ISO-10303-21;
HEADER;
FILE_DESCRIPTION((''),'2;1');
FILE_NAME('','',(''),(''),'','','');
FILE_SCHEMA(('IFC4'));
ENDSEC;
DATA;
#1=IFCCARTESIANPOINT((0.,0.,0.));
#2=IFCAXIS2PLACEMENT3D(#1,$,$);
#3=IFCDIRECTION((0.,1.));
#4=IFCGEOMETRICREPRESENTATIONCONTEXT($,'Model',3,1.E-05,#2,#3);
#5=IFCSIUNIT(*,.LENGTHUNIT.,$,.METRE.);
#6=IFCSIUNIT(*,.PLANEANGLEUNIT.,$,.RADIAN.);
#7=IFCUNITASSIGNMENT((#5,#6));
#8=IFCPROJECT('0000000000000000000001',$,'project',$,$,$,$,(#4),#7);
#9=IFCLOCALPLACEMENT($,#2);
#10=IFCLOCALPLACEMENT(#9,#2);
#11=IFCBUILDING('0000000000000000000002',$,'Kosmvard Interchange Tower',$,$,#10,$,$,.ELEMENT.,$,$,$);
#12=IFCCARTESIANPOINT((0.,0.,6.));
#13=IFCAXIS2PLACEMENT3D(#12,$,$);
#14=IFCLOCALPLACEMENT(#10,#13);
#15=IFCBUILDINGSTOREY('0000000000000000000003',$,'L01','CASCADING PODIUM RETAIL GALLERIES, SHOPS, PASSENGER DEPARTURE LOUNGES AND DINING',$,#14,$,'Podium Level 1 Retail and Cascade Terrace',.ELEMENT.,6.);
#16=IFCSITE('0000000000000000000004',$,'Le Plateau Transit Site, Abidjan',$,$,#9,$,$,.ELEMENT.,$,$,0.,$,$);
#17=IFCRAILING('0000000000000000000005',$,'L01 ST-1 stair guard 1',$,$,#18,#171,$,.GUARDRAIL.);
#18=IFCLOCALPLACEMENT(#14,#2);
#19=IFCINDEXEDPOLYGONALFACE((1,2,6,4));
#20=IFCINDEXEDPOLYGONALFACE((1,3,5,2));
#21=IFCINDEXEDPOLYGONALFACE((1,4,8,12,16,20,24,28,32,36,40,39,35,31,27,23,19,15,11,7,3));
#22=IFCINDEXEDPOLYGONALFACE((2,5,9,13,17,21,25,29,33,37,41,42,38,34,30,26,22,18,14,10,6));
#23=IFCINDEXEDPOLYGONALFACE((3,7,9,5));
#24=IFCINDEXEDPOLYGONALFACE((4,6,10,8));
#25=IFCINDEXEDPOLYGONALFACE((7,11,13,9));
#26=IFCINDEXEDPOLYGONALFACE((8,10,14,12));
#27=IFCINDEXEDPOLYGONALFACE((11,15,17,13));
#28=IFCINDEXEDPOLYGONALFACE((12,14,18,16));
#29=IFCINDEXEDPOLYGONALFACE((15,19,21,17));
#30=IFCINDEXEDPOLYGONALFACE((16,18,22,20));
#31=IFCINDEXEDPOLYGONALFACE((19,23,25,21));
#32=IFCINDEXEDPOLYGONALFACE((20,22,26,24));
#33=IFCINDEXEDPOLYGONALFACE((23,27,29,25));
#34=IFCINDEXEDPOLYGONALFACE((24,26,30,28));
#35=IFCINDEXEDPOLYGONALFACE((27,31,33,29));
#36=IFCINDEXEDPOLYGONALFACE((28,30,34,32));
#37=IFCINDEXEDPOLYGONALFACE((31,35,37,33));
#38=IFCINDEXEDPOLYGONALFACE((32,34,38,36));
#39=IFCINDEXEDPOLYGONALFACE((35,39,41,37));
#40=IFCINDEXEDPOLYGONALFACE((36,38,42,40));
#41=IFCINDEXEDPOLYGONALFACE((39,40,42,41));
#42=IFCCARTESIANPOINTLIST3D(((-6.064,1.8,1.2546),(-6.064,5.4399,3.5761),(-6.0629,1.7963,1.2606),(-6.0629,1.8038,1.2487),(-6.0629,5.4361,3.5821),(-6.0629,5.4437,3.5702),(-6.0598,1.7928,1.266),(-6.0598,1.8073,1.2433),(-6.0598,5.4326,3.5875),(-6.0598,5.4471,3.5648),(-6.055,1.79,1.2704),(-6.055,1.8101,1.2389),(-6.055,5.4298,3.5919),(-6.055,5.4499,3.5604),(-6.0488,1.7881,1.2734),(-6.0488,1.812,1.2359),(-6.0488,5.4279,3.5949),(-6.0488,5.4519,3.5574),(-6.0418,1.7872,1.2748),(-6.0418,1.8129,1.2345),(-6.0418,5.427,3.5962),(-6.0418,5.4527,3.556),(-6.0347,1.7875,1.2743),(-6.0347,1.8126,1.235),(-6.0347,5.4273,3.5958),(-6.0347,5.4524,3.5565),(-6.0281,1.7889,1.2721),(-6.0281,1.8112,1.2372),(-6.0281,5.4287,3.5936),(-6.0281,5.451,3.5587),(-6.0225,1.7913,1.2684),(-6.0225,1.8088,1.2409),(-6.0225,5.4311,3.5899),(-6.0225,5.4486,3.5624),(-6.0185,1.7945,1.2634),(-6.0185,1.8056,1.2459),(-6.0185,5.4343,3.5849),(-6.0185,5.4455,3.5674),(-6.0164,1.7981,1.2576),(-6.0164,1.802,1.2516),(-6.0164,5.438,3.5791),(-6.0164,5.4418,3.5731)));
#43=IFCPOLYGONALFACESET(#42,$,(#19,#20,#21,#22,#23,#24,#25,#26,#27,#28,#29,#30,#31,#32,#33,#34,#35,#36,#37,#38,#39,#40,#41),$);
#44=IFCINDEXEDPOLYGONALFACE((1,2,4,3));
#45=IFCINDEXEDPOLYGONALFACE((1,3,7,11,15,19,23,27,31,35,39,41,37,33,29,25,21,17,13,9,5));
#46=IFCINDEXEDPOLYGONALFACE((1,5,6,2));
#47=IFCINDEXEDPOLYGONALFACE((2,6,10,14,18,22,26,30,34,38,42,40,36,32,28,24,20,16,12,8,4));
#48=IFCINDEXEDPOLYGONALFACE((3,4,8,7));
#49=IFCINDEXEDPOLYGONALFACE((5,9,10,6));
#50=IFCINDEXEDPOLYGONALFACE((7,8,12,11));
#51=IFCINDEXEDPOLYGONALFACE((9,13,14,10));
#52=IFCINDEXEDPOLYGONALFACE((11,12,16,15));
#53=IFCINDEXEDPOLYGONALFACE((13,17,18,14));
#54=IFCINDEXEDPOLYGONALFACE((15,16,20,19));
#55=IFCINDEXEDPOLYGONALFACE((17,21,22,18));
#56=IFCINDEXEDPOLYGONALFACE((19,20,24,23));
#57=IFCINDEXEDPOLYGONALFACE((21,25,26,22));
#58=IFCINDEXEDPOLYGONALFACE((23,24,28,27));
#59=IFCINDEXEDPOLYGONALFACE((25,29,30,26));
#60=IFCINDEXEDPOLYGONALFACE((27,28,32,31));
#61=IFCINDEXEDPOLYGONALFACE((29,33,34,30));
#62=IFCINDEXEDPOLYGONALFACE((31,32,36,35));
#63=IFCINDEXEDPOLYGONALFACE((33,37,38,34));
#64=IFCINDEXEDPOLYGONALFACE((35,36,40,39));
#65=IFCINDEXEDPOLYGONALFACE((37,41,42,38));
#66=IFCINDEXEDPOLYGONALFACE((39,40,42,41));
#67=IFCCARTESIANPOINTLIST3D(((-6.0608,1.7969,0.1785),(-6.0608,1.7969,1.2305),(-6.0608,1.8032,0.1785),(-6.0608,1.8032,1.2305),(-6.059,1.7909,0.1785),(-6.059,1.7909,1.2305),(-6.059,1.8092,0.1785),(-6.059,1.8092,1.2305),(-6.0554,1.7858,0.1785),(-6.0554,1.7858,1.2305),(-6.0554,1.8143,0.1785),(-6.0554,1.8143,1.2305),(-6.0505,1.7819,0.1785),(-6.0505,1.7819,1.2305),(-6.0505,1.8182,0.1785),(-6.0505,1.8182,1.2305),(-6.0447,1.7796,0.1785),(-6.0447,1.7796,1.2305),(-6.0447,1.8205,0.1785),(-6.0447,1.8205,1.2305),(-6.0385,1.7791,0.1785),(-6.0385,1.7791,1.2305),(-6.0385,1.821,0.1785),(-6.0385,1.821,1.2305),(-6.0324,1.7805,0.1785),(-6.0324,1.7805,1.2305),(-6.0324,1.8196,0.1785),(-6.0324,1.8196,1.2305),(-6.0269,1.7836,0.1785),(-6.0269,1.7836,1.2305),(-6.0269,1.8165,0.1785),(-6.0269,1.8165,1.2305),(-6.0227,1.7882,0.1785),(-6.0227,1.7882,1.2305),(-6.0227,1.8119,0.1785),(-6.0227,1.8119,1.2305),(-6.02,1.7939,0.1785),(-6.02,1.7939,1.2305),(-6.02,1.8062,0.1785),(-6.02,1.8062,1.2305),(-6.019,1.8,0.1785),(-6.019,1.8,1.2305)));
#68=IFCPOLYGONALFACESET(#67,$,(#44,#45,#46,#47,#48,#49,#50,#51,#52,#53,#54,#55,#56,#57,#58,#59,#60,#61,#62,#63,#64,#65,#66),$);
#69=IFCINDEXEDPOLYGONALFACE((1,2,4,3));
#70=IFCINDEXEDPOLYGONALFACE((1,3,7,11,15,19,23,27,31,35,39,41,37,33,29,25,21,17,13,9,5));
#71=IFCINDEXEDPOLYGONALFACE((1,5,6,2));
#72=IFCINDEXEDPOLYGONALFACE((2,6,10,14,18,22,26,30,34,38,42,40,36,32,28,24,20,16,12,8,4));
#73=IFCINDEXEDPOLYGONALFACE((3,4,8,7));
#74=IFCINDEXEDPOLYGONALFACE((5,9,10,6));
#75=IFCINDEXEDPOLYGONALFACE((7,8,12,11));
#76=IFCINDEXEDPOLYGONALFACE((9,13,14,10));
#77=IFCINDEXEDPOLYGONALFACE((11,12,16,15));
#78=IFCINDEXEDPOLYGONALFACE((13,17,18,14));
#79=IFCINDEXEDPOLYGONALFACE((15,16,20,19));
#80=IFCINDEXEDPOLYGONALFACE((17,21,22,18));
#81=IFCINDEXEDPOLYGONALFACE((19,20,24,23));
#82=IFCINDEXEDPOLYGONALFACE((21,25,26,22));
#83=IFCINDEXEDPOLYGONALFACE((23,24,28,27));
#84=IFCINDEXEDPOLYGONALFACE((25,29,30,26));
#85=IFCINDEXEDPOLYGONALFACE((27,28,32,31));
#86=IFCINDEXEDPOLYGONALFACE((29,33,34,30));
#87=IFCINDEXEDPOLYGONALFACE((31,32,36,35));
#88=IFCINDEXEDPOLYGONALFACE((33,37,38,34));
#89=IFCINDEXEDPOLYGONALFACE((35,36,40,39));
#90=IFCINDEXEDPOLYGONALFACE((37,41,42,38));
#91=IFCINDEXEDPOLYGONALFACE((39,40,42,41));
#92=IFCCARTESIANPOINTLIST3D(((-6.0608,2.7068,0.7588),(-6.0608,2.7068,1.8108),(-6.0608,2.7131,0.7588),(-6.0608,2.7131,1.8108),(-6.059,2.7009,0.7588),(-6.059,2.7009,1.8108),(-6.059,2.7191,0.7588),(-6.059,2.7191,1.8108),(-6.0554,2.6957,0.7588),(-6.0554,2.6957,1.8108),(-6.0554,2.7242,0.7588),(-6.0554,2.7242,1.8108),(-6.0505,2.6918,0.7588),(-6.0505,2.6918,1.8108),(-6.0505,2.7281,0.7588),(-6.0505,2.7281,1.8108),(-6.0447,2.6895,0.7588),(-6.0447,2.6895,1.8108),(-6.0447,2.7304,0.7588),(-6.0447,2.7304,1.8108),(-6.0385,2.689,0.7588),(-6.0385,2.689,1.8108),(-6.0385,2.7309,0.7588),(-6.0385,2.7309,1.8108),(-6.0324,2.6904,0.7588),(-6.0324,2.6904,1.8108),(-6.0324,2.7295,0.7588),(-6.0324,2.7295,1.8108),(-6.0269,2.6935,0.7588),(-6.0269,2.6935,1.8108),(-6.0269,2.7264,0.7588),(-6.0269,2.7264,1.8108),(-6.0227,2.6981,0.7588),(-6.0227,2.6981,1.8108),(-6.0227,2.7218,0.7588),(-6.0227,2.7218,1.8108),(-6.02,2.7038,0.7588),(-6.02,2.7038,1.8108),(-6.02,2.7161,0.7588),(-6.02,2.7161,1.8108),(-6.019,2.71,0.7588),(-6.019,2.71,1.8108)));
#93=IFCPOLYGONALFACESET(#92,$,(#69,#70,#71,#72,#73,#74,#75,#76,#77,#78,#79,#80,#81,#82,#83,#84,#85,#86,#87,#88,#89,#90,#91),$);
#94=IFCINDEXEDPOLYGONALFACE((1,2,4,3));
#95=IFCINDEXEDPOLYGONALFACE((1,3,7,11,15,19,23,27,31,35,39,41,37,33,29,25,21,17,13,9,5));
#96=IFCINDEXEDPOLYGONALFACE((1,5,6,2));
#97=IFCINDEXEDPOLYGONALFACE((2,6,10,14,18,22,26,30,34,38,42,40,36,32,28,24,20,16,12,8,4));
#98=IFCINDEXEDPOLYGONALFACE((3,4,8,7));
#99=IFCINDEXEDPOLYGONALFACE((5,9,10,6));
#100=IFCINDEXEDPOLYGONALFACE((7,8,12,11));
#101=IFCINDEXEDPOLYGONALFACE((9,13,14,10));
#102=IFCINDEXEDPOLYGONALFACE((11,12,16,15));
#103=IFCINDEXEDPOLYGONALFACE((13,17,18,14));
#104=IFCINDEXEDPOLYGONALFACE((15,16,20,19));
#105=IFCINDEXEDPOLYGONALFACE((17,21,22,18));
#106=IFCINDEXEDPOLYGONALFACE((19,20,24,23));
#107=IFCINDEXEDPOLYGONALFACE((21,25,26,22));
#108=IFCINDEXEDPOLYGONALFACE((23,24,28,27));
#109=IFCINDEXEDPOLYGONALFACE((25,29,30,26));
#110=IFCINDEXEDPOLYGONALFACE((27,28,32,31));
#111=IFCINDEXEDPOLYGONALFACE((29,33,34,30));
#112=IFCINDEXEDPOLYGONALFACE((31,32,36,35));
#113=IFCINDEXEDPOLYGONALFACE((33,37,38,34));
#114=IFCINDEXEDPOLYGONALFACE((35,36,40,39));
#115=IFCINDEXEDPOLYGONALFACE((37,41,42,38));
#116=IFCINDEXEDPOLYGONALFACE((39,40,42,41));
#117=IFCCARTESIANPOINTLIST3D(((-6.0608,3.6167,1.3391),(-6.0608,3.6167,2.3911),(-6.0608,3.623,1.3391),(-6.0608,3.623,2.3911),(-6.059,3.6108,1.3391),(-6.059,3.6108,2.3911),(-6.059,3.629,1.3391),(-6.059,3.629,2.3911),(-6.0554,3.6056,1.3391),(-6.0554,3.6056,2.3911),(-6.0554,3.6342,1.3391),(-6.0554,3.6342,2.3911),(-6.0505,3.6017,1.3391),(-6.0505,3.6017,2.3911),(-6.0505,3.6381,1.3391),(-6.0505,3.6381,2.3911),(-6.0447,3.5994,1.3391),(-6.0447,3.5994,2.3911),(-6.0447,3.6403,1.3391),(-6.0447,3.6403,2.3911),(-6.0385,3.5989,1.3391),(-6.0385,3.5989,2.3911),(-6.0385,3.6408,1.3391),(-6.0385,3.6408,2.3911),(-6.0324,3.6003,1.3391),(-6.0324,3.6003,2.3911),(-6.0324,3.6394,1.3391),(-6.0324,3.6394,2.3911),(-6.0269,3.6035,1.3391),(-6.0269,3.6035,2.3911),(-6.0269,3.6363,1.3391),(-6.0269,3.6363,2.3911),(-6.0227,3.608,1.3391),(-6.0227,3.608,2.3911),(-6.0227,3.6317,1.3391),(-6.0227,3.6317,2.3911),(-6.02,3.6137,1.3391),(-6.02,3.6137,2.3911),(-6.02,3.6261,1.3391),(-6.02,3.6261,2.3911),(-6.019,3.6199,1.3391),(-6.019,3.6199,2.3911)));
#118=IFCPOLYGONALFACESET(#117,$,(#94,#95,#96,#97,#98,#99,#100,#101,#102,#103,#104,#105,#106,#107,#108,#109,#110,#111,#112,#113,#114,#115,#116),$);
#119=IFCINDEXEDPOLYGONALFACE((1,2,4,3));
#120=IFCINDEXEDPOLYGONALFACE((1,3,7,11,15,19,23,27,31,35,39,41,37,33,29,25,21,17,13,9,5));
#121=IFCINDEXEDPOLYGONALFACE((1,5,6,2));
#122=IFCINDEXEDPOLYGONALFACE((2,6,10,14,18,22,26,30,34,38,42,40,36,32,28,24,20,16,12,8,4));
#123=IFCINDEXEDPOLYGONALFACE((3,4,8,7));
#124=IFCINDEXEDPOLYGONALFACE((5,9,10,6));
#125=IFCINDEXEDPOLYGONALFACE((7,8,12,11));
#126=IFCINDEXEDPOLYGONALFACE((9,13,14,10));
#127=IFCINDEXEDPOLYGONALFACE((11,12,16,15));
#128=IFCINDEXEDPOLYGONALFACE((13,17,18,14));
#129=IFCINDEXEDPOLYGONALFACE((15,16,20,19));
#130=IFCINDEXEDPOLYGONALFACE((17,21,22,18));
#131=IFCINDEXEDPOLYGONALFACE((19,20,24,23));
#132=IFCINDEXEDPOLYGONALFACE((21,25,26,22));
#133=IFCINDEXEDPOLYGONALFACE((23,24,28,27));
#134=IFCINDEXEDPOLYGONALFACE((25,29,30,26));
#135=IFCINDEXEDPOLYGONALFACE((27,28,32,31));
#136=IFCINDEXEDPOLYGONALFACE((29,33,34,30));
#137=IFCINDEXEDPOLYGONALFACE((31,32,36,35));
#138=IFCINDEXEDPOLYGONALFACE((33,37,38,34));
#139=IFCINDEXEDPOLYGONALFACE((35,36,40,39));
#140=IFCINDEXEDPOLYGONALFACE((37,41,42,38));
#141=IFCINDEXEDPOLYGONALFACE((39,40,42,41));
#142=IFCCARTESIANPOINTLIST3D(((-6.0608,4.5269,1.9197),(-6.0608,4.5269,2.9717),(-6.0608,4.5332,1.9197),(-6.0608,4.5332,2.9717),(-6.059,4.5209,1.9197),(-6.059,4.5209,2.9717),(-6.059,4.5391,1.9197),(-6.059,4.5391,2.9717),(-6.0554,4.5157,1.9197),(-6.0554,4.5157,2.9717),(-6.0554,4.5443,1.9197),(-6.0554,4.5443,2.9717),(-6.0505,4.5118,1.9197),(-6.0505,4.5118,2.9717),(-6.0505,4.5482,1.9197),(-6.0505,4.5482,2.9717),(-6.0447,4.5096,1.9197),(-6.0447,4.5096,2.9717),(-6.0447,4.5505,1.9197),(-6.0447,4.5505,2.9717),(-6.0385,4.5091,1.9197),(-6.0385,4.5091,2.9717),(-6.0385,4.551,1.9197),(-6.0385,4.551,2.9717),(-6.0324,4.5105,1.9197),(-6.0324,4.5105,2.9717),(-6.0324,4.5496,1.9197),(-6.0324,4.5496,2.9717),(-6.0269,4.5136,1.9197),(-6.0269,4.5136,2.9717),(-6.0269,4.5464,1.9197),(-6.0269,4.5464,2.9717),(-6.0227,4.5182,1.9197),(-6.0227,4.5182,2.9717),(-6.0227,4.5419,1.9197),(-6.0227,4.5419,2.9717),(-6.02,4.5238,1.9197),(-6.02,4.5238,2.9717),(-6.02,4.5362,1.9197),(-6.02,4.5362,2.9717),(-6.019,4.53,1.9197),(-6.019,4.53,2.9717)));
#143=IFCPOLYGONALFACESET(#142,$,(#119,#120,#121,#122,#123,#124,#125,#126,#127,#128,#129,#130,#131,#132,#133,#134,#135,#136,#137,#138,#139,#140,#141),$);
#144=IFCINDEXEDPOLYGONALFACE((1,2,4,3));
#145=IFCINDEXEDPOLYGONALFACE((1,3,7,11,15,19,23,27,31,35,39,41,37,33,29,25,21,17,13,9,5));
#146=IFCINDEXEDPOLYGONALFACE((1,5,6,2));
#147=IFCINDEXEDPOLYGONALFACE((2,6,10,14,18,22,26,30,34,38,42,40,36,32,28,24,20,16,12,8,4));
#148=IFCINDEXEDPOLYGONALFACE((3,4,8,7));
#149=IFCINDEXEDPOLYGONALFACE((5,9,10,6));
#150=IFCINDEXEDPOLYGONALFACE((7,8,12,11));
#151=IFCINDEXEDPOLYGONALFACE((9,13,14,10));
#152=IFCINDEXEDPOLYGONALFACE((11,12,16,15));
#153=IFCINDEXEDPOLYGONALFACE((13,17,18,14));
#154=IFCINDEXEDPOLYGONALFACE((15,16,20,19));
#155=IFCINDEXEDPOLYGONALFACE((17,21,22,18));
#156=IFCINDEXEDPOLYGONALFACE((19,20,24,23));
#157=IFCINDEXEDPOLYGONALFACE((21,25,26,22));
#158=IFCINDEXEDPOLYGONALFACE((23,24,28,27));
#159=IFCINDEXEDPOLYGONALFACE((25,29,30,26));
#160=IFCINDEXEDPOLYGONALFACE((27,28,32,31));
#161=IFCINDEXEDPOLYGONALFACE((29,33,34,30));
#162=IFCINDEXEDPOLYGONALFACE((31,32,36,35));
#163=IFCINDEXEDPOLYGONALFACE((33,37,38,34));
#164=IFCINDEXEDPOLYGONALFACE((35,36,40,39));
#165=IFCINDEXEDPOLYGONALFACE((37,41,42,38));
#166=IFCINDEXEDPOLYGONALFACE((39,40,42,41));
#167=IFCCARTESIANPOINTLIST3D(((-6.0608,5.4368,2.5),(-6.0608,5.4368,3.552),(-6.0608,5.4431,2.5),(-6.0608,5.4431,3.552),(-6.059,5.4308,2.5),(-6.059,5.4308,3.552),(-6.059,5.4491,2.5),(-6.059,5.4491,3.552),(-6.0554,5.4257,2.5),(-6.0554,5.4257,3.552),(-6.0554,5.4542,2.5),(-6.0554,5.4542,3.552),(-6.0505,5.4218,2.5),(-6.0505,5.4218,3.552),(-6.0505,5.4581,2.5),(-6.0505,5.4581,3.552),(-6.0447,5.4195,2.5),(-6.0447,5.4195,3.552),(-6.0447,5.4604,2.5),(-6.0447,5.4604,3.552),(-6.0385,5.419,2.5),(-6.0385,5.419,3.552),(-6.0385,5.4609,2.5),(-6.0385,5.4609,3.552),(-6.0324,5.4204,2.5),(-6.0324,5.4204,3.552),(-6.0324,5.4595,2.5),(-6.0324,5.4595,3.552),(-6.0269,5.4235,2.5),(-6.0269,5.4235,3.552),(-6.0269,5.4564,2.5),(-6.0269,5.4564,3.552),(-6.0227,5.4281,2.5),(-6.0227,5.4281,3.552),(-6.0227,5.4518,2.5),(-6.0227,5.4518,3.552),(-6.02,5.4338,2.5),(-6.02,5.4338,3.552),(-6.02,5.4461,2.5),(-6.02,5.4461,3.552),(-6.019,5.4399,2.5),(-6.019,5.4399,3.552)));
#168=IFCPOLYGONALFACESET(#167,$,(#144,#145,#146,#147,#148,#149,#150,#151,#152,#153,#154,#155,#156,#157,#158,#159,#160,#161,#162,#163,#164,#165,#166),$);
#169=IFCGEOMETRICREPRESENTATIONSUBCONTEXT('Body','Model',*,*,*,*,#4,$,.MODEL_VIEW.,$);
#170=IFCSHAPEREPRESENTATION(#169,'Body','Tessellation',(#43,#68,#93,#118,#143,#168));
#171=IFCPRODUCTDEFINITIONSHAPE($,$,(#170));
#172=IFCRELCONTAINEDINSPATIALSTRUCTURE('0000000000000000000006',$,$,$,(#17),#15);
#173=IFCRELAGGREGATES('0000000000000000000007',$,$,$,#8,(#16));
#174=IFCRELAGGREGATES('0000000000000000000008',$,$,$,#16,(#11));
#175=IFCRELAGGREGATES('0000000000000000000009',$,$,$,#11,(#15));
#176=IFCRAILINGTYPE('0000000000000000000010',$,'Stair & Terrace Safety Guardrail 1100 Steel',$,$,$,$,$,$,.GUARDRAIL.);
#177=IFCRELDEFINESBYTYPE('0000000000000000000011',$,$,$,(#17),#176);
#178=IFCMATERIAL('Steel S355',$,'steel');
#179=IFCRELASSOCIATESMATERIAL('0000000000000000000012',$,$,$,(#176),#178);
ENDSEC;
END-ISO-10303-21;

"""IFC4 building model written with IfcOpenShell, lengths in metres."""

from ifc_helpers import new_model, si_unit, direction, frame, origin, origin_2d, place, context, subcontext, project, spatial, circle, extrude, source, transform, mapped, material, type_object, element, save


model = new_model("IFC4")

# Units and contexts
model_context = context("Model", 3, precision=1e-05, world=origin(), true_north=direction((0.0, 1.0)))
body_context = subcontext(model_context, "Body", "Model", "MODEL_VIEW")
ifc_project = project(units=[si_unit("LENGTHUNIT", "METRE"), si_unit("PLANEANGLEUNIT", "RADIAN")], contexts=[model_context])

# Site, building, storey
site_placement = place(None, origin())
site = spatial("IfcSite", under=ifc_project, at=site_placement, Name="Le Plateau Transit Site, Abidjan", CompositionType="ELEMENT", RefElevation=0.0)
building_placement = place(site_placement, origin())
building = spatial("IfcBuilding", under=site, at=building_placement, Name="Kosmvard Interchange Tower", CompositionType="ELEMENT")
storey_placement = place(building_placement, frame((0.0, 0.0, 6.0)))
storey = spatial("IfcBuildingStorey", under=building, at=storey_placement, Name="L01", Description="CASCADING PODIUM RETAIL GALLERIES, SHOPS, PASSENGER DEPARTURE LOUNGES AND DINING", LongName="Podium Level 1 Retail and Cascade Terrace", CompositionType="ELEMENT", Elevation=6.0)

# Shared definitions
ifc_material_1 = material(Name="Steel S355", Category="steel")

# Railing
railing_type_1 = type_object("IfcRailingType", Name="Stair & Terrace Safety Guardrail 1100 Steel", PredefinedType="GUARDRAIL", material=ifc_material_1)
shared_shape_1 = source(origin(), body_context, "Body", "SweptSolid", [
    extrude(circle(Radius=0.0239, at=origin_2d()), frame((0.0, 0.0, 1.0762), z_axis=(0.0, 0.843112, 0.537739), x_axis=(-1.0, 0.0, 0.0)), (0.0, 0.0, 1.0), 4.3171),
    extrude(circle(Radius=0.021, at=origin_2d()), origin(), (0.0, 0.0, 1.0), 1.052),
    extrude(circle(Radius=0.021, at=origin_2d()), frame((0.0, 0.9099, 0.5803)), (0.0, 0.0, 1.0), 1.052),
    extrude(circle(Radius=0.021, at=origin_2d()), frame((0.0, 1.8198, 1.1606)), (0.0, 0.0, 1.0), 1.052),
    extrude(circle(Radius=0.021, at=origin_2d()), frame((0.0, 2.73, 1.7412)), (0.0, 0.0, 1.0), 1.052),
    extrude(circle(Radius=0.021, at=origin_2d()), frame((0.0, 3.6399, 2.3215)), (0.0, 0.0, 1.0), 1.052),
])
railing_1_placement = place(storey_placement, frame((-6.04, 1.8, 0.1785)))
element("IfcRailing", 1, at=railing_1_placement, inside=storey, type_object=railing_type_1, Name="L01 ST-1 stair guard 1", PredefinedType="GUARDRAIL", context=body_context, shape_type="MappedRepresentation", body=[
    mapped(shared_shape_1, transform((0.0, 0.0, 0.0), scale=1.0)),
])

save(model, "model.ifc")
